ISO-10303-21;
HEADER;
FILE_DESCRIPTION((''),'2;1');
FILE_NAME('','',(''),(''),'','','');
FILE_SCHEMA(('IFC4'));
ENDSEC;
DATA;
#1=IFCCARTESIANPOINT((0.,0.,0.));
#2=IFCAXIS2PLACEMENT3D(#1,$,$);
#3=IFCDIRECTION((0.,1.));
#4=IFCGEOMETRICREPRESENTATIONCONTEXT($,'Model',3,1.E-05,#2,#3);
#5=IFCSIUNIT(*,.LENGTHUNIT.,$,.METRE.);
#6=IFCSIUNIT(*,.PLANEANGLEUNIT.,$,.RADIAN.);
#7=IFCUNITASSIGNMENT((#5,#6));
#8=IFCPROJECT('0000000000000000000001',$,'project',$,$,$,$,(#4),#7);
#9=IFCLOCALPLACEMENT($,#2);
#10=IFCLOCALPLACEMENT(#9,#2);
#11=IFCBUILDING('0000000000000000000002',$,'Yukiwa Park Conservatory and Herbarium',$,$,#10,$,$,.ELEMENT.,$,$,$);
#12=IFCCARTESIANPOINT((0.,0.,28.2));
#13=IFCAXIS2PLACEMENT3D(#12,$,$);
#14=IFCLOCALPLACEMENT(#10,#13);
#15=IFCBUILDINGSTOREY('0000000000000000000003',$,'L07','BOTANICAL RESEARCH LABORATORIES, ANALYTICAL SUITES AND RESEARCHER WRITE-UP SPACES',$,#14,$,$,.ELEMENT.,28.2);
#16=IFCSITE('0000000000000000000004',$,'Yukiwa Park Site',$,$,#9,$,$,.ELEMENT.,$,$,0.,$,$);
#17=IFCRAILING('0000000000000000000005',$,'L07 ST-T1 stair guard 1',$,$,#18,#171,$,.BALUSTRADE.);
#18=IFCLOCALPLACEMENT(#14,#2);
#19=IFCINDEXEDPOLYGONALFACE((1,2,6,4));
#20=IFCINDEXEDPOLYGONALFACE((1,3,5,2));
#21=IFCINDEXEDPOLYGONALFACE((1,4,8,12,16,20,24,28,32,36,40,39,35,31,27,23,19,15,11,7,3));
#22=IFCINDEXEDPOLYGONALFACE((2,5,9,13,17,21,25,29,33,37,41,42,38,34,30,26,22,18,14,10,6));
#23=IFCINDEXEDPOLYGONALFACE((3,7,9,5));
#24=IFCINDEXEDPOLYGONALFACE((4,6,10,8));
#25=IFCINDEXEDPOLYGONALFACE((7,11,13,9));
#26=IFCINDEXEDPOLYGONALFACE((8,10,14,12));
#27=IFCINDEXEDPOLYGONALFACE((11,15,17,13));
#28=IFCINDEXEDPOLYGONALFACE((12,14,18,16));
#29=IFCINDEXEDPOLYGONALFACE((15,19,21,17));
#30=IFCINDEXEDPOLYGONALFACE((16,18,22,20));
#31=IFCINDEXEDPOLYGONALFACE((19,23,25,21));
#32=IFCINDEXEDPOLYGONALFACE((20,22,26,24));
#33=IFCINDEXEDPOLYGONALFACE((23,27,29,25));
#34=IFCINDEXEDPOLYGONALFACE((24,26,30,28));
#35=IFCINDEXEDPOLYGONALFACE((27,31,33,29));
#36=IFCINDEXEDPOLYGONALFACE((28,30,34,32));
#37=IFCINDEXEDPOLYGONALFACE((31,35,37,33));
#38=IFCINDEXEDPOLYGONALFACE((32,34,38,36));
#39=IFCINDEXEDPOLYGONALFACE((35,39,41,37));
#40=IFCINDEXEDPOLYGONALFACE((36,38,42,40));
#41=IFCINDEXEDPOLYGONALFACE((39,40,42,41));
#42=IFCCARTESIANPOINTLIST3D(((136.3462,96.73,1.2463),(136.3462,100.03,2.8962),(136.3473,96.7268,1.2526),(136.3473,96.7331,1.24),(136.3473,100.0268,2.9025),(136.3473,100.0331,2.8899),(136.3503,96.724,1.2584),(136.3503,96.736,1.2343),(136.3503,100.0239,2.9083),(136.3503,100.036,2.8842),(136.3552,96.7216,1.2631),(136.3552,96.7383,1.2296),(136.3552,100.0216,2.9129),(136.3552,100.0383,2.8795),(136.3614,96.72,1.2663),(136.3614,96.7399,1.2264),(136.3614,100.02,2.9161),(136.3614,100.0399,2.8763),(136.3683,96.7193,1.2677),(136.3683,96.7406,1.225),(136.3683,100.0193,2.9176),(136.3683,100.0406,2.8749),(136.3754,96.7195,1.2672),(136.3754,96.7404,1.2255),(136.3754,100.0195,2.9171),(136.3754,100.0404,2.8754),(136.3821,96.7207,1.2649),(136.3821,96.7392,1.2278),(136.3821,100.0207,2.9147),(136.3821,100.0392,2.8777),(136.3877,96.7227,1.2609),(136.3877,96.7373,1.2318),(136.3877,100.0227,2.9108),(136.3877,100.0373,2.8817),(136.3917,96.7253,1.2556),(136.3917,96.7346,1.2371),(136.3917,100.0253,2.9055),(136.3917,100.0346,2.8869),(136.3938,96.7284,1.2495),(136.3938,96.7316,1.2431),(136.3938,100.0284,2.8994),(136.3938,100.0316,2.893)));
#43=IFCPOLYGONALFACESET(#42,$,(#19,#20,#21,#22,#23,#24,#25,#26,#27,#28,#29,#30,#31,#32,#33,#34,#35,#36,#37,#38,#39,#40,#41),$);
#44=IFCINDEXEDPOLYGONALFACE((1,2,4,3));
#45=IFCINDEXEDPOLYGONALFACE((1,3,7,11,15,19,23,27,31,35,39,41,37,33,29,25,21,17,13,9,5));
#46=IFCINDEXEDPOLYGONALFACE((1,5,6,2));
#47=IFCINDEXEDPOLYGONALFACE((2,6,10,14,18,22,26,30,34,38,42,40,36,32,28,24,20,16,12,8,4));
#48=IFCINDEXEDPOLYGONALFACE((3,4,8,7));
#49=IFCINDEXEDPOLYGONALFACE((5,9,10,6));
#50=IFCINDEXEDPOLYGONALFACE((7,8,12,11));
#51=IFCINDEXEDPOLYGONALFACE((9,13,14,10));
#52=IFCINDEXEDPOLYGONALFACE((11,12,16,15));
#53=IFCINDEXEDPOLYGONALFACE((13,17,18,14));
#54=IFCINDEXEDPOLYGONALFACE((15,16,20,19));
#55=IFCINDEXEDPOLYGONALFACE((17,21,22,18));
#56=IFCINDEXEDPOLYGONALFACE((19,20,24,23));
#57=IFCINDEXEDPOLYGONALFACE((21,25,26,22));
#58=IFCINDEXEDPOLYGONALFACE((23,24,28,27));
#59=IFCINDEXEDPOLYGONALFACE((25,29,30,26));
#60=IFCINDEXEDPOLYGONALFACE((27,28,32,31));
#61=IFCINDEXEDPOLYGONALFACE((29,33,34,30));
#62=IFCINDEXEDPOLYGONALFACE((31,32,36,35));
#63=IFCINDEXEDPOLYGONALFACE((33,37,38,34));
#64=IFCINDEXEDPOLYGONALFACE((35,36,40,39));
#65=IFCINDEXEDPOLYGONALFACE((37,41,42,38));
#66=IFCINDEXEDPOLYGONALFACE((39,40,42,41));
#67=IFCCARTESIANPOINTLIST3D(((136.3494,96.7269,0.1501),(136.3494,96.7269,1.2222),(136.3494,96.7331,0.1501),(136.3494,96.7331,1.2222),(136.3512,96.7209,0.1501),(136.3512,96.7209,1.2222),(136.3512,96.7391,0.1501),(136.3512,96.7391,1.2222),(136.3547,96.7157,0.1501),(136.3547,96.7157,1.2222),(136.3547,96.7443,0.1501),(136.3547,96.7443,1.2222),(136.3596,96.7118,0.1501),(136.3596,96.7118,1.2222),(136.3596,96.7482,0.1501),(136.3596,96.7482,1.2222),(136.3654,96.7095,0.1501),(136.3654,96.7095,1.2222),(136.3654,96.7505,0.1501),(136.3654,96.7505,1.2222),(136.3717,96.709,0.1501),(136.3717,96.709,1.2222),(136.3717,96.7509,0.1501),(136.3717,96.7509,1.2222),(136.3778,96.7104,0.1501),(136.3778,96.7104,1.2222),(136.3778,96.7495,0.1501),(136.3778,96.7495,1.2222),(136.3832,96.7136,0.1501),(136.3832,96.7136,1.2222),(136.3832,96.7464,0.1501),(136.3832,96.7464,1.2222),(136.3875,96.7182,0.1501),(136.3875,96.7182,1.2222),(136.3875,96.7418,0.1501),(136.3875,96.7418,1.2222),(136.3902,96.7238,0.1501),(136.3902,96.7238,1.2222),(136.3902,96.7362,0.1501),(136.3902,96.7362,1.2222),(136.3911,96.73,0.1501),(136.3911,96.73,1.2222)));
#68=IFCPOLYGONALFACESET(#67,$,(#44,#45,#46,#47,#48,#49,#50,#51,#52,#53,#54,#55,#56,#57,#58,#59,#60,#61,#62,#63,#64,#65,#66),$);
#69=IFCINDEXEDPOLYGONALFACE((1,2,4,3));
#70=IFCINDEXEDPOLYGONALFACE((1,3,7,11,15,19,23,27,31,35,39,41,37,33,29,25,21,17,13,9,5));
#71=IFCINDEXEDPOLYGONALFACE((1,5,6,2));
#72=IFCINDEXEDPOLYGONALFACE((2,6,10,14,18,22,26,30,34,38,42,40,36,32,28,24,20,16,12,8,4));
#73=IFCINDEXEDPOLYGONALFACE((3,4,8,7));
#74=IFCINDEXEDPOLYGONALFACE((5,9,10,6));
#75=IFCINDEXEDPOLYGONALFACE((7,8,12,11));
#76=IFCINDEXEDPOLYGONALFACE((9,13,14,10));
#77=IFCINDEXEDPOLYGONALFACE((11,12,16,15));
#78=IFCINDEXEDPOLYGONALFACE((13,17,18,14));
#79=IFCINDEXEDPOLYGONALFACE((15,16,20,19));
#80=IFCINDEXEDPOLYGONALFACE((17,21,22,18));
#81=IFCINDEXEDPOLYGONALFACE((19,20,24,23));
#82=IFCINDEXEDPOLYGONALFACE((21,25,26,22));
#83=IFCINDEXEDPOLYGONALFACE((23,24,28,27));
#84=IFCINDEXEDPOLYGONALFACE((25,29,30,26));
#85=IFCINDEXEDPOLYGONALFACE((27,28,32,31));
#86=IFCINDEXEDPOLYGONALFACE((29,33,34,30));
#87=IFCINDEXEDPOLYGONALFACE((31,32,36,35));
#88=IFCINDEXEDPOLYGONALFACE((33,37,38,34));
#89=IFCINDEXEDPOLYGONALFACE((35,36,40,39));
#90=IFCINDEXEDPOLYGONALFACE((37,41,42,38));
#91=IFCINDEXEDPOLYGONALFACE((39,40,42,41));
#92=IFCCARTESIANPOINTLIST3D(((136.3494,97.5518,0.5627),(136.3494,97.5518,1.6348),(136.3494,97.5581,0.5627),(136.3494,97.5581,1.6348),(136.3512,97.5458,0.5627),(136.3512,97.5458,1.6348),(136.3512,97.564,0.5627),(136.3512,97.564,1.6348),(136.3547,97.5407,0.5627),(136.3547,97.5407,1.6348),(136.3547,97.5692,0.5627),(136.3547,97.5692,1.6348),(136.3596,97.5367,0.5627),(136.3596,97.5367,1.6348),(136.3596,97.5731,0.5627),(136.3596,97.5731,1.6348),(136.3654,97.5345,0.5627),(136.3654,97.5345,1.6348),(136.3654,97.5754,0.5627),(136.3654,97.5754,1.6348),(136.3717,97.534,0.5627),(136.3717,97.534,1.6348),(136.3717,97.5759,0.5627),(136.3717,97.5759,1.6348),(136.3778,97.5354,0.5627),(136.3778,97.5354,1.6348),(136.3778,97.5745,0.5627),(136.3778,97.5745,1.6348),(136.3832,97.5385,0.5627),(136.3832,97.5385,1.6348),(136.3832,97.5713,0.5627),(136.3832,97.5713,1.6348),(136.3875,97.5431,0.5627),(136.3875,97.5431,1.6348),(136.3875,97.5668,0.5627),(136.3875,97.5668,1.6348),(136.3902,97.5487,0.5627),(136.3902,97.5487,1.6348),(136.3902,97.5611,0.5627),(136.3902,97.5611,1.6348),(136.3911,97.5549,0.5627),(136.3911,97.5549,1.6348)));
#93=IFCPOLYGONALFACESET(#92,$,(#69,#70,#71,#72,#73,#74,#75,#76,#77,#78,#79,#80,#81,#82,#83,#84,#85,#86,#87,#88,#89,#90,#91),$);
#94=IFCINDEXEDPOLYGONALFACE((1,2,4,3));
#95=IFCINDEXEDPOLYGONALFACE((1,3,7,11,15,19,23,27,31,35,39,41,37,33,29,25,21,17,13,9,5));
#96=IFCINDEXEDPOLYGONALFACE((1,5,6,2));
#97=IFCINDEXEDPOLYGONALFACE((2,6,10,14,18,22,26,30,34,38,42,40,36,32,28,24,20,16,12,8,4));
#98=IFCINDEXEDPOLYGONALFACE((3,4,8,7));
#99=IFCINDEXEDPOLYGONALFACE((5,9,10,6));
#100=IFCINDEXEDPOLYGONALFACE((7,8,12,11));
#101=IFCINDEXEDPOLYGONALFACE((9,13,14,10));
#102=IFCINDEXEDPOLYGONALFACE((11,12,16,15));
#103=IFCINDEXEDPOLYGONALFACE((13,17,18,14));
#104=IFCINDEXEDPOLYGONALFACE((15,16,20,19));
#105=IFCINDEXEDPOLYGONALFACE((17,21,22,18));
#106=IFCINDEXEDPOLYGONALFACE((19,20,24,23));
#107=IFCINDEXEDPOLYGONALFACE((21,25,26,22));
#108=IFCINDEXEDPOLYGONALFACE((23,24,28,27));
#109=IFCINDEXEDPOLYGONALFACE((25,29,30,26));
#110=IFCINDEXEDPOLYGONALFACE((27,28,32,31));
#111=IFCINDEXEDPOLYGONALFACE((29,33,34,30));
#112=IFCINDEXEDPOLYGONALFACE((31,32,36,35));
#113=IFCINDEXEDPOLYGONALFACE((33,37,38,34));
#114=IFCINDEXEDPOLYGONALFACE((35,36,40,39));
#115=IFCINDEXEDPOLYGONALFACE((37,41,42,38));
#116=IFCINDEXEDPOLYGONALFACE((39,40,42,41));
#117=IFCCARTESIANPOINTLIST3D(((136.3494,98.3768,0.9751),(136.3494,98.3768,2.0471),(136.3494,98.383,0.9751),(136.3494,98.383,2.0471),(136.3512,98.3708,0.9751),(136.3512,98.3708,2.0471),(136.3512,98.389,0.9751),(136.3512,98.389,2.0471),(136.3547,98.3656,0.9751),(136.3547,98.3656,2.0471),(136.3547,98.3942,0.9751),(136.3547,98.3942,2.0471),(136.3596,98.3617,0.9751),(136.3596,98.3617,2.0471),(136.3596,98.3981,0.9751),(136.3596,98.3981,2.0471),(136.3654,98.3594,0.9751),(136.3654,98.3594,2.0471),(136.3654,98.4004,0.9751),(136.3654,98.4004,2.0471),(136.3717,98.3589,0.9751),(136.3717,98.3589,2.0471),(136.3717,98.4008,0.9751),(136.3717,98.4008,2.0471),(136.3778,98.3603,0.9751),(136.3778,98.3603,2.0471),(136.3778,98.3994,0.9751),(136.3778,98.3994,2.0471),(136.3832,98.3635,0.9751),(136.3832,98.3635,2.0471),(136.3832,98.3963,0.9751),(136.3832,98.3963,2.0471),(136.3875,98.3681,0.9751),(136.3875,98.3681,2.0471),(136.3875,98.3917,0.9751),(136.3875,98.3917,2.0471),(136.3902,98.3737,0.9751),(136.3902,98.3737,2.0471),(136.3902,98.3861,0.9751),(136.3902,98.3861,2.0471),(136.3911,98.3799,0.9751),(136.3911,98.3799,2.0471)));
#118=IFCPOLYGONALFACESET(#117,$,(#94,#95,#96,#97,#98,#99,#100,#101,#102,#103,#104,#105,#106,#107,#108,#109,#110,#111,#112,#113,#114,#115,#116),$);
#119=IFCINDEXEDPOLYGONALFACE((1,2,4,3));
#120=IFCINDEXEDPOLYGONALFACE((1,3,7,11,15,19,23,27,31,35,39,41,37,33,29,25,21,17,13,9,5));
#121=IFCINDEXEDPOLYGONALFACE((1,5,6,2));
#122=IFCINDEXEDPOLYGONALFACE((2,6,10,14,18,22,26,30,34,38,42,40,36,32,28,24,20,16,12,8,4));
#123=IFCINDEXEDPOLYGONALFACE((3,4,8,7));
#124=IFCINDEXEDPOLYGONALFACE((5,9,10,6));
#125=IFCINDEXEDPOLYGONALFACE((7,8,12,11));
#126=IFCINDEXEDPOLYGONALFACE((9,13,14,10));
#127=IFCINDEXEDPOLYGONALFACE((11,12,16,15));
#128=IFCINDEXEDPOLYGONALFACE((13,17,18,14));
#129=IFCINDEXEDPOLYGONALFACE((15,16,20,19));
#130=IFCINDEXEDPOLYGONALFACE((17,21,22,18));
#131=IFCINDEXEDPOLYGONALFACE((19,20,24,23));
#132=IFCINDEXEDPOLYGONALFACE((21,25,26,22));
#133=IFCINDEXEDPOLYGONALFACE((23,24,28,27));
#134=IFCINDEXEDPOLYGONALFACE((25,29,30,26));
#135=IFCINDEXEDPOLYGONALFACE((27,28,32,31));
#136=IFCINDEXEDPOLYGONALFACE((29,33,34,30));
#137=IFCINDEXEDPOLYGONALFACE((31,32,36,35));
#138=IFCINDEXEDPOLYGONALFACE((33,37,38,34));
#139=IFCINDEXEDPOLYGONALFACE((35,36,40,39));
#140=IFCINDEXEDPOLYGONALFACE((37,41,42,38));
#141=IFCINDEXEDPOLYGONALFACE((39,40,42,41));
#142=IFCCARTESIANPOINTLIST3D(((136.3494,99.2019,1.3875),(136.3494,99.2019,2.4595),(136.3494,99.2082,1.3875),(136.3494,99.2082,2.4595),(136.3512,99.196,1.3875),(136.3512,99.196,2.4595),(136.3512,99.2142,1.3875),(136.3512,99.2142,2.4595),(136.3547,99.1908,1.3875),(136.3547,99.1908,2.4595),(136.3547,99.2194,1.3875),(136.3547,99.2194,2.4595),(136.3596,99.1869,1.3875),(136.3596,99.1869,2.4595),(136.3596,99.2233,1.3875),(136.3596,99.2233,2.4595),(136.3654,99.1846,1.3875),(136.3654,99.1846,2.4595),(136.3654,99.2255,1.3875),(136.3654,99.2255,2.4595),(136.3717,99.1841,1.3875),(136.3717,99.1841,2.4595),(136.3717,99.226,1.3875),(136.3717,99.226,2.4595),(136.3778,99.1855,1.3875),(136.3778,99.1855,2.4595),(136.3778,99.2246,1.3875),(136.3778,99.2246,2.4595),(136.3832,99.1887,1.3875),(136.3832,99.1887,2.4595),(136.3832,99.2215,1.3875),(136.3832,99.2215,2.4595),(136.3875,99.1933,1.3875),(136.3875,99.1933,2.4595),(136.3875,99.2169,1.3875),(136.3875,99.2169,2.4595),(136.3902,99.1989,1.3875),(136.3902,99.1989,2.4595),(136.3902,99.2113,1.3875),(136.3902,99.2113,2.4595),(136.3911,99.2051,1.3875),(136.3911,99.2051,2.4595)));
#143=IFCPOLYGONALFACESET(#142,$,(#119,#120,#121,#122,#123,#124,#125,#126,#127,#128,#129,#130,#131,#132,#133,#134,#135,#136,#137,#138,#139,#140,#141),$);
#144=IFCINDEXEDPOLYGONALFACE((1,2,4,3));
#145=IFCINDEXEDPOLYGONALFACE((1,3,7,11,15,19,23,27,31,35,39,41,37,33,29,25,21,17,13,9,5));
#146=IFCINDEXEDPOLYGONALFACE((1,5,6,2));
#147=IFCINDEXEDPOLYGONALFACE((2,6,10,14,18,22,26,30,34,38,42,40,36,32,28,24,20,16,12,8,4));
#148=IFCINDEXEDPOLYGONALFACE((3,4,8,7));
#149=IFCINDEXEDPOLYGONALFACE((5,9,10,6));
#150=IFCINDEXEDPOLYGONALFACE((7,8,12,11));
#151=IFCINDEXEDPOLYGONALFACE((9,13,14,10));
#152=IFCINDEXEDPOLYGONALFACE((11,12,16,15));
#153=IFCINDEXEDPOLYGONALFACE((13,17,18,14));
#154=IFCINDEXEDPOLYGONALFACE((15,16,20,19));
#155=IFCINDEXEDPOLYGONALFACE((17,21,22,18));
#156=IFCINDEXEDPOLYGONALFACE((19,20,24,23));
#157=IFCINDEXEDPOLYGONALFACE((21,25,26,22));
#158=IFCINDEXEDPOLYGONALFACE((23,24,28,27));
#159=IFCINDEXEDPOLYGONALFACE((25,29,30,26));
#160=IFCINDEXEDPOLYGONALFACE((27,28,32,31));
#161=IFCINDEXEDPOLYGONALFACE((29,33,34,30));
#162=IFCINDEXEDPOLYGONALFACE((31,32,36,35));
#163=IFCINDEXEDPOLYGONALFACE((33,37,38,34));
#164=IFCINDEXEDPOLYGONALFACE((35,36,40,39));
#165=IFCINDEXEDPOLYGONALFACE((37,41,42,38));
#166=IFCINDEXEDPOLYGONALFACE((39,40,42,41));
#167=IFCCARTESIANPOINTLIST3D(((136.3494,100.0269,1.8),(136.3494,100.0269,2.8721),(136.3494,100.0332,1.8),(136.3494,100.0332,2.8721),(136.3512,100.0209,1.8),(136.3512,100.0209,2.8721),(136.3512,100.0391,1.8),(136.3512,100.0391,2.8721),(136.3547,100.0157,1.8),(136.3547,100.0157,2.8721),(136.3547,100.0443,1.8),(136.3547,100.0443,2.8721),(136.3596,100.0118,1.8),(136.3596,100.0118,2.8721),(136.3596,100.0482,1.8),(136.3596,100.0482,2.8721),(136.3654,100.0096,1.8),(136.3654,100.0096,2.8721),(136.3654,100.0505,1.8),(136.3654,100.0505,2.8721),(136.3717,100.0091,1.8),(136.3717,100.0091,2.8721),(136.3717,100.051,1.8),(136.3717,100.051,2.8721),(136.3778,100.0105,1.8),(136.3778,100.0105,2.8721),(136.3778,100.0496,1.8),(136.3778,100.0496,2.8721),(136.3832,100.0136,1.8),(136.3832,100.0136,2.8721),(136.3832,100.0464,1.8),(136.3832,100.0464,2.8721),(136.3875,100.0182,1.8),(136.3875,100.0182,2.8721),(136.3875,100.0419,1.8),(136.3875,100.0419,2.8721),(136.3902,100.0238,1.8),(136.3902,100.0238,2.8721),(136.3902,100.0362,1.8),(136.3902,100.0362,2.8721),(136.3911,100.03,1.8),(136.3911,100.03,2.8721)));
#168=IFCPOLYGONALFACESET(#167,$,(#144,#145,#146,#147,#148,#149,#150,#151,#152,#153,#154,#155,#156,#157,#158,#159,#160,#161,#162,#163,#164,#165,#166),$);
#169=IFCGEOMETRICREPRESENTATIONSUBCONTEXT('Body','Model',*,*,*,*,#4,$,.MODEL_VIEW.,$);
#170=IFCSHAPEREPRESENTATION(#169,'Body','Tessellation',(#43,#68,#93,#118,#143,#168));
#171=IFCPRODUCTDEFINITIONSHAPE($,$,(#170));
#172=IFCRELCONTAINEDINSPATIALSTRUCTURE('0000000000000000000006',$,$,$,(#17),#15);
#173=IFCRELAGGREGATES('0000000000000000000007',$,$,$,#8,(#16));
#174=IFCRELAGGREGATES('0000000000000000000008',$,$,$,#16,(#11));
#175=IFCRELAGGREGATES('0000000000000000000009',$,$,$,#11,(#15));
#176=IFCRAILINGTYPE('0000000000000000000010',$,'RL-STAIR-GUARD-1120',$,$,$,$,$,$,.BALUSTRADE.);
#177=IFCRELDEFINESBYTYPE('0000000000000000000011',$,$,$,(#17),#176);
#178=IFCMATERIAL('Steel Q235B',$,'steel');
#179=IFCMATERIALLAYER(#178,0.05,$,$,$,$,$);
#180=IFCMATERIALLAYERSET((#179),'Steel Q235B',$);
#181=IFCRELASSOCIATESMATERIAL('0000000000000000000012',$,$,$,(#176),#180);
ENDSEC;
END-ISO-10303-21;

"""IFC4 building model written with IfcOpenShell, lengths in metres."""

from ifc_helpers import new_model, si_unit, direction, frame, origin, origin_2d, place, context, subcontext, project, spatial, circle, extrude, material, layer, layer_set, type_object, element, save


model = new_model("IFC4")

# Units and contexts
model_context = context("Model", 3, precision=1e-05, world=origin(), true_north=direction((0.0, 1.0)))
body_context = subcontext(model_context, "Body", "Model", "MODEL_VIEW")
ifc_project = project(units=[si_unit("LENGTHUNIT", "METRE"), si_unit("PLANEANGLEUNIT", "RADIAN")], contexts=[model_context])

# Site, building, storey
site_placement = place(None, origin())
site = spatial("IfcSite", under=ifc_project, at=site_placement, Name="Yukiwa Park Site", CompositionType="ELEMENT", RefElevation=0.0)
building_placement = place(site_placement, origin())
building = spatial("IfcBuilding", under=site, at=building_placement, Name="Yukiwa Park Conservatory and Herbarium", CompositionType="ELEMENT")
storey_placement = place(building_placement, frame((0.0, 0.0, 28.2)))
storey = spatial("IfcBuildingStorey", under=building, at=storey_placement, Name="L07", Description="BOTANICAL RESEARCH LABORATORIES, ANALYTICAL SUITES AND RESEARCHER WRITE-UP SPACES", CompositionType="ELEMENT", Elevation=28.2)

# Railing
ifc_material_1 = material(Name="Steel Q235B", Category="steel")
ifc_layer_1 = layer(ifc_material_1, 0.05)
ifc_layer_set_1 = layer_set([ifc_layer_1], Name="Steel Q235B")
railing_type_1 = type_object("IfcRailingType", Name="RL-STAIR-GUARD-1120", PredefinedType="BALUSTRADE", material=ifc_layer_set_1)
railing_1_placement = place(storey_placement, frame((136.3701, 96.73, 0.1501)))
element("IfcRailing", 1, at=railing_1_placement, inside=storey, type_object=railing_type_1, Name="L07 ST-T1 stair guard 1", PredefinedType="BALUSTRADE", context=body_context, shape_type="SweptSolid", body=[
    extrude(circle(Radius=0.0239, at=origin_2d()), frame((0.0, 0.0, 1.0962), z_axis=(0.0, 0.89444, 0.447187), x_axis=(-1.0, 0.0, 0.0)), (0.0, 0.0, 1.0), 3.6895),
    extrude(circle(Radius=0.021, at=origin_2d()), origin(), (0.0, 0.0, 1.0), 1.072),
    extrude(circle(Radius=0.021, at=origin_2d()), frame((0.0, 0.825, 0.4126)), (0.0, 0.0, 1.0), 1.072),
    extrude(circle(Radius=0.021, at=origin_2d()), frame((0.0, 1.6499, 0.825)), (0.0, 0.0, 1.0), 1.072),
    extrude(circle(Radius=0.021, at=origin_2d()), frame((0.0, 2.4751, 1.2373)), (0.0, 0.0, 1.0), 1.072),
    extrude(circle(Radius=0.021, at=origin_2d()), frame((0.0, 3.3, 1.6499)), (0.0, 0.0, 1.0), 1.072),
])

save(model, "model.ifc")
